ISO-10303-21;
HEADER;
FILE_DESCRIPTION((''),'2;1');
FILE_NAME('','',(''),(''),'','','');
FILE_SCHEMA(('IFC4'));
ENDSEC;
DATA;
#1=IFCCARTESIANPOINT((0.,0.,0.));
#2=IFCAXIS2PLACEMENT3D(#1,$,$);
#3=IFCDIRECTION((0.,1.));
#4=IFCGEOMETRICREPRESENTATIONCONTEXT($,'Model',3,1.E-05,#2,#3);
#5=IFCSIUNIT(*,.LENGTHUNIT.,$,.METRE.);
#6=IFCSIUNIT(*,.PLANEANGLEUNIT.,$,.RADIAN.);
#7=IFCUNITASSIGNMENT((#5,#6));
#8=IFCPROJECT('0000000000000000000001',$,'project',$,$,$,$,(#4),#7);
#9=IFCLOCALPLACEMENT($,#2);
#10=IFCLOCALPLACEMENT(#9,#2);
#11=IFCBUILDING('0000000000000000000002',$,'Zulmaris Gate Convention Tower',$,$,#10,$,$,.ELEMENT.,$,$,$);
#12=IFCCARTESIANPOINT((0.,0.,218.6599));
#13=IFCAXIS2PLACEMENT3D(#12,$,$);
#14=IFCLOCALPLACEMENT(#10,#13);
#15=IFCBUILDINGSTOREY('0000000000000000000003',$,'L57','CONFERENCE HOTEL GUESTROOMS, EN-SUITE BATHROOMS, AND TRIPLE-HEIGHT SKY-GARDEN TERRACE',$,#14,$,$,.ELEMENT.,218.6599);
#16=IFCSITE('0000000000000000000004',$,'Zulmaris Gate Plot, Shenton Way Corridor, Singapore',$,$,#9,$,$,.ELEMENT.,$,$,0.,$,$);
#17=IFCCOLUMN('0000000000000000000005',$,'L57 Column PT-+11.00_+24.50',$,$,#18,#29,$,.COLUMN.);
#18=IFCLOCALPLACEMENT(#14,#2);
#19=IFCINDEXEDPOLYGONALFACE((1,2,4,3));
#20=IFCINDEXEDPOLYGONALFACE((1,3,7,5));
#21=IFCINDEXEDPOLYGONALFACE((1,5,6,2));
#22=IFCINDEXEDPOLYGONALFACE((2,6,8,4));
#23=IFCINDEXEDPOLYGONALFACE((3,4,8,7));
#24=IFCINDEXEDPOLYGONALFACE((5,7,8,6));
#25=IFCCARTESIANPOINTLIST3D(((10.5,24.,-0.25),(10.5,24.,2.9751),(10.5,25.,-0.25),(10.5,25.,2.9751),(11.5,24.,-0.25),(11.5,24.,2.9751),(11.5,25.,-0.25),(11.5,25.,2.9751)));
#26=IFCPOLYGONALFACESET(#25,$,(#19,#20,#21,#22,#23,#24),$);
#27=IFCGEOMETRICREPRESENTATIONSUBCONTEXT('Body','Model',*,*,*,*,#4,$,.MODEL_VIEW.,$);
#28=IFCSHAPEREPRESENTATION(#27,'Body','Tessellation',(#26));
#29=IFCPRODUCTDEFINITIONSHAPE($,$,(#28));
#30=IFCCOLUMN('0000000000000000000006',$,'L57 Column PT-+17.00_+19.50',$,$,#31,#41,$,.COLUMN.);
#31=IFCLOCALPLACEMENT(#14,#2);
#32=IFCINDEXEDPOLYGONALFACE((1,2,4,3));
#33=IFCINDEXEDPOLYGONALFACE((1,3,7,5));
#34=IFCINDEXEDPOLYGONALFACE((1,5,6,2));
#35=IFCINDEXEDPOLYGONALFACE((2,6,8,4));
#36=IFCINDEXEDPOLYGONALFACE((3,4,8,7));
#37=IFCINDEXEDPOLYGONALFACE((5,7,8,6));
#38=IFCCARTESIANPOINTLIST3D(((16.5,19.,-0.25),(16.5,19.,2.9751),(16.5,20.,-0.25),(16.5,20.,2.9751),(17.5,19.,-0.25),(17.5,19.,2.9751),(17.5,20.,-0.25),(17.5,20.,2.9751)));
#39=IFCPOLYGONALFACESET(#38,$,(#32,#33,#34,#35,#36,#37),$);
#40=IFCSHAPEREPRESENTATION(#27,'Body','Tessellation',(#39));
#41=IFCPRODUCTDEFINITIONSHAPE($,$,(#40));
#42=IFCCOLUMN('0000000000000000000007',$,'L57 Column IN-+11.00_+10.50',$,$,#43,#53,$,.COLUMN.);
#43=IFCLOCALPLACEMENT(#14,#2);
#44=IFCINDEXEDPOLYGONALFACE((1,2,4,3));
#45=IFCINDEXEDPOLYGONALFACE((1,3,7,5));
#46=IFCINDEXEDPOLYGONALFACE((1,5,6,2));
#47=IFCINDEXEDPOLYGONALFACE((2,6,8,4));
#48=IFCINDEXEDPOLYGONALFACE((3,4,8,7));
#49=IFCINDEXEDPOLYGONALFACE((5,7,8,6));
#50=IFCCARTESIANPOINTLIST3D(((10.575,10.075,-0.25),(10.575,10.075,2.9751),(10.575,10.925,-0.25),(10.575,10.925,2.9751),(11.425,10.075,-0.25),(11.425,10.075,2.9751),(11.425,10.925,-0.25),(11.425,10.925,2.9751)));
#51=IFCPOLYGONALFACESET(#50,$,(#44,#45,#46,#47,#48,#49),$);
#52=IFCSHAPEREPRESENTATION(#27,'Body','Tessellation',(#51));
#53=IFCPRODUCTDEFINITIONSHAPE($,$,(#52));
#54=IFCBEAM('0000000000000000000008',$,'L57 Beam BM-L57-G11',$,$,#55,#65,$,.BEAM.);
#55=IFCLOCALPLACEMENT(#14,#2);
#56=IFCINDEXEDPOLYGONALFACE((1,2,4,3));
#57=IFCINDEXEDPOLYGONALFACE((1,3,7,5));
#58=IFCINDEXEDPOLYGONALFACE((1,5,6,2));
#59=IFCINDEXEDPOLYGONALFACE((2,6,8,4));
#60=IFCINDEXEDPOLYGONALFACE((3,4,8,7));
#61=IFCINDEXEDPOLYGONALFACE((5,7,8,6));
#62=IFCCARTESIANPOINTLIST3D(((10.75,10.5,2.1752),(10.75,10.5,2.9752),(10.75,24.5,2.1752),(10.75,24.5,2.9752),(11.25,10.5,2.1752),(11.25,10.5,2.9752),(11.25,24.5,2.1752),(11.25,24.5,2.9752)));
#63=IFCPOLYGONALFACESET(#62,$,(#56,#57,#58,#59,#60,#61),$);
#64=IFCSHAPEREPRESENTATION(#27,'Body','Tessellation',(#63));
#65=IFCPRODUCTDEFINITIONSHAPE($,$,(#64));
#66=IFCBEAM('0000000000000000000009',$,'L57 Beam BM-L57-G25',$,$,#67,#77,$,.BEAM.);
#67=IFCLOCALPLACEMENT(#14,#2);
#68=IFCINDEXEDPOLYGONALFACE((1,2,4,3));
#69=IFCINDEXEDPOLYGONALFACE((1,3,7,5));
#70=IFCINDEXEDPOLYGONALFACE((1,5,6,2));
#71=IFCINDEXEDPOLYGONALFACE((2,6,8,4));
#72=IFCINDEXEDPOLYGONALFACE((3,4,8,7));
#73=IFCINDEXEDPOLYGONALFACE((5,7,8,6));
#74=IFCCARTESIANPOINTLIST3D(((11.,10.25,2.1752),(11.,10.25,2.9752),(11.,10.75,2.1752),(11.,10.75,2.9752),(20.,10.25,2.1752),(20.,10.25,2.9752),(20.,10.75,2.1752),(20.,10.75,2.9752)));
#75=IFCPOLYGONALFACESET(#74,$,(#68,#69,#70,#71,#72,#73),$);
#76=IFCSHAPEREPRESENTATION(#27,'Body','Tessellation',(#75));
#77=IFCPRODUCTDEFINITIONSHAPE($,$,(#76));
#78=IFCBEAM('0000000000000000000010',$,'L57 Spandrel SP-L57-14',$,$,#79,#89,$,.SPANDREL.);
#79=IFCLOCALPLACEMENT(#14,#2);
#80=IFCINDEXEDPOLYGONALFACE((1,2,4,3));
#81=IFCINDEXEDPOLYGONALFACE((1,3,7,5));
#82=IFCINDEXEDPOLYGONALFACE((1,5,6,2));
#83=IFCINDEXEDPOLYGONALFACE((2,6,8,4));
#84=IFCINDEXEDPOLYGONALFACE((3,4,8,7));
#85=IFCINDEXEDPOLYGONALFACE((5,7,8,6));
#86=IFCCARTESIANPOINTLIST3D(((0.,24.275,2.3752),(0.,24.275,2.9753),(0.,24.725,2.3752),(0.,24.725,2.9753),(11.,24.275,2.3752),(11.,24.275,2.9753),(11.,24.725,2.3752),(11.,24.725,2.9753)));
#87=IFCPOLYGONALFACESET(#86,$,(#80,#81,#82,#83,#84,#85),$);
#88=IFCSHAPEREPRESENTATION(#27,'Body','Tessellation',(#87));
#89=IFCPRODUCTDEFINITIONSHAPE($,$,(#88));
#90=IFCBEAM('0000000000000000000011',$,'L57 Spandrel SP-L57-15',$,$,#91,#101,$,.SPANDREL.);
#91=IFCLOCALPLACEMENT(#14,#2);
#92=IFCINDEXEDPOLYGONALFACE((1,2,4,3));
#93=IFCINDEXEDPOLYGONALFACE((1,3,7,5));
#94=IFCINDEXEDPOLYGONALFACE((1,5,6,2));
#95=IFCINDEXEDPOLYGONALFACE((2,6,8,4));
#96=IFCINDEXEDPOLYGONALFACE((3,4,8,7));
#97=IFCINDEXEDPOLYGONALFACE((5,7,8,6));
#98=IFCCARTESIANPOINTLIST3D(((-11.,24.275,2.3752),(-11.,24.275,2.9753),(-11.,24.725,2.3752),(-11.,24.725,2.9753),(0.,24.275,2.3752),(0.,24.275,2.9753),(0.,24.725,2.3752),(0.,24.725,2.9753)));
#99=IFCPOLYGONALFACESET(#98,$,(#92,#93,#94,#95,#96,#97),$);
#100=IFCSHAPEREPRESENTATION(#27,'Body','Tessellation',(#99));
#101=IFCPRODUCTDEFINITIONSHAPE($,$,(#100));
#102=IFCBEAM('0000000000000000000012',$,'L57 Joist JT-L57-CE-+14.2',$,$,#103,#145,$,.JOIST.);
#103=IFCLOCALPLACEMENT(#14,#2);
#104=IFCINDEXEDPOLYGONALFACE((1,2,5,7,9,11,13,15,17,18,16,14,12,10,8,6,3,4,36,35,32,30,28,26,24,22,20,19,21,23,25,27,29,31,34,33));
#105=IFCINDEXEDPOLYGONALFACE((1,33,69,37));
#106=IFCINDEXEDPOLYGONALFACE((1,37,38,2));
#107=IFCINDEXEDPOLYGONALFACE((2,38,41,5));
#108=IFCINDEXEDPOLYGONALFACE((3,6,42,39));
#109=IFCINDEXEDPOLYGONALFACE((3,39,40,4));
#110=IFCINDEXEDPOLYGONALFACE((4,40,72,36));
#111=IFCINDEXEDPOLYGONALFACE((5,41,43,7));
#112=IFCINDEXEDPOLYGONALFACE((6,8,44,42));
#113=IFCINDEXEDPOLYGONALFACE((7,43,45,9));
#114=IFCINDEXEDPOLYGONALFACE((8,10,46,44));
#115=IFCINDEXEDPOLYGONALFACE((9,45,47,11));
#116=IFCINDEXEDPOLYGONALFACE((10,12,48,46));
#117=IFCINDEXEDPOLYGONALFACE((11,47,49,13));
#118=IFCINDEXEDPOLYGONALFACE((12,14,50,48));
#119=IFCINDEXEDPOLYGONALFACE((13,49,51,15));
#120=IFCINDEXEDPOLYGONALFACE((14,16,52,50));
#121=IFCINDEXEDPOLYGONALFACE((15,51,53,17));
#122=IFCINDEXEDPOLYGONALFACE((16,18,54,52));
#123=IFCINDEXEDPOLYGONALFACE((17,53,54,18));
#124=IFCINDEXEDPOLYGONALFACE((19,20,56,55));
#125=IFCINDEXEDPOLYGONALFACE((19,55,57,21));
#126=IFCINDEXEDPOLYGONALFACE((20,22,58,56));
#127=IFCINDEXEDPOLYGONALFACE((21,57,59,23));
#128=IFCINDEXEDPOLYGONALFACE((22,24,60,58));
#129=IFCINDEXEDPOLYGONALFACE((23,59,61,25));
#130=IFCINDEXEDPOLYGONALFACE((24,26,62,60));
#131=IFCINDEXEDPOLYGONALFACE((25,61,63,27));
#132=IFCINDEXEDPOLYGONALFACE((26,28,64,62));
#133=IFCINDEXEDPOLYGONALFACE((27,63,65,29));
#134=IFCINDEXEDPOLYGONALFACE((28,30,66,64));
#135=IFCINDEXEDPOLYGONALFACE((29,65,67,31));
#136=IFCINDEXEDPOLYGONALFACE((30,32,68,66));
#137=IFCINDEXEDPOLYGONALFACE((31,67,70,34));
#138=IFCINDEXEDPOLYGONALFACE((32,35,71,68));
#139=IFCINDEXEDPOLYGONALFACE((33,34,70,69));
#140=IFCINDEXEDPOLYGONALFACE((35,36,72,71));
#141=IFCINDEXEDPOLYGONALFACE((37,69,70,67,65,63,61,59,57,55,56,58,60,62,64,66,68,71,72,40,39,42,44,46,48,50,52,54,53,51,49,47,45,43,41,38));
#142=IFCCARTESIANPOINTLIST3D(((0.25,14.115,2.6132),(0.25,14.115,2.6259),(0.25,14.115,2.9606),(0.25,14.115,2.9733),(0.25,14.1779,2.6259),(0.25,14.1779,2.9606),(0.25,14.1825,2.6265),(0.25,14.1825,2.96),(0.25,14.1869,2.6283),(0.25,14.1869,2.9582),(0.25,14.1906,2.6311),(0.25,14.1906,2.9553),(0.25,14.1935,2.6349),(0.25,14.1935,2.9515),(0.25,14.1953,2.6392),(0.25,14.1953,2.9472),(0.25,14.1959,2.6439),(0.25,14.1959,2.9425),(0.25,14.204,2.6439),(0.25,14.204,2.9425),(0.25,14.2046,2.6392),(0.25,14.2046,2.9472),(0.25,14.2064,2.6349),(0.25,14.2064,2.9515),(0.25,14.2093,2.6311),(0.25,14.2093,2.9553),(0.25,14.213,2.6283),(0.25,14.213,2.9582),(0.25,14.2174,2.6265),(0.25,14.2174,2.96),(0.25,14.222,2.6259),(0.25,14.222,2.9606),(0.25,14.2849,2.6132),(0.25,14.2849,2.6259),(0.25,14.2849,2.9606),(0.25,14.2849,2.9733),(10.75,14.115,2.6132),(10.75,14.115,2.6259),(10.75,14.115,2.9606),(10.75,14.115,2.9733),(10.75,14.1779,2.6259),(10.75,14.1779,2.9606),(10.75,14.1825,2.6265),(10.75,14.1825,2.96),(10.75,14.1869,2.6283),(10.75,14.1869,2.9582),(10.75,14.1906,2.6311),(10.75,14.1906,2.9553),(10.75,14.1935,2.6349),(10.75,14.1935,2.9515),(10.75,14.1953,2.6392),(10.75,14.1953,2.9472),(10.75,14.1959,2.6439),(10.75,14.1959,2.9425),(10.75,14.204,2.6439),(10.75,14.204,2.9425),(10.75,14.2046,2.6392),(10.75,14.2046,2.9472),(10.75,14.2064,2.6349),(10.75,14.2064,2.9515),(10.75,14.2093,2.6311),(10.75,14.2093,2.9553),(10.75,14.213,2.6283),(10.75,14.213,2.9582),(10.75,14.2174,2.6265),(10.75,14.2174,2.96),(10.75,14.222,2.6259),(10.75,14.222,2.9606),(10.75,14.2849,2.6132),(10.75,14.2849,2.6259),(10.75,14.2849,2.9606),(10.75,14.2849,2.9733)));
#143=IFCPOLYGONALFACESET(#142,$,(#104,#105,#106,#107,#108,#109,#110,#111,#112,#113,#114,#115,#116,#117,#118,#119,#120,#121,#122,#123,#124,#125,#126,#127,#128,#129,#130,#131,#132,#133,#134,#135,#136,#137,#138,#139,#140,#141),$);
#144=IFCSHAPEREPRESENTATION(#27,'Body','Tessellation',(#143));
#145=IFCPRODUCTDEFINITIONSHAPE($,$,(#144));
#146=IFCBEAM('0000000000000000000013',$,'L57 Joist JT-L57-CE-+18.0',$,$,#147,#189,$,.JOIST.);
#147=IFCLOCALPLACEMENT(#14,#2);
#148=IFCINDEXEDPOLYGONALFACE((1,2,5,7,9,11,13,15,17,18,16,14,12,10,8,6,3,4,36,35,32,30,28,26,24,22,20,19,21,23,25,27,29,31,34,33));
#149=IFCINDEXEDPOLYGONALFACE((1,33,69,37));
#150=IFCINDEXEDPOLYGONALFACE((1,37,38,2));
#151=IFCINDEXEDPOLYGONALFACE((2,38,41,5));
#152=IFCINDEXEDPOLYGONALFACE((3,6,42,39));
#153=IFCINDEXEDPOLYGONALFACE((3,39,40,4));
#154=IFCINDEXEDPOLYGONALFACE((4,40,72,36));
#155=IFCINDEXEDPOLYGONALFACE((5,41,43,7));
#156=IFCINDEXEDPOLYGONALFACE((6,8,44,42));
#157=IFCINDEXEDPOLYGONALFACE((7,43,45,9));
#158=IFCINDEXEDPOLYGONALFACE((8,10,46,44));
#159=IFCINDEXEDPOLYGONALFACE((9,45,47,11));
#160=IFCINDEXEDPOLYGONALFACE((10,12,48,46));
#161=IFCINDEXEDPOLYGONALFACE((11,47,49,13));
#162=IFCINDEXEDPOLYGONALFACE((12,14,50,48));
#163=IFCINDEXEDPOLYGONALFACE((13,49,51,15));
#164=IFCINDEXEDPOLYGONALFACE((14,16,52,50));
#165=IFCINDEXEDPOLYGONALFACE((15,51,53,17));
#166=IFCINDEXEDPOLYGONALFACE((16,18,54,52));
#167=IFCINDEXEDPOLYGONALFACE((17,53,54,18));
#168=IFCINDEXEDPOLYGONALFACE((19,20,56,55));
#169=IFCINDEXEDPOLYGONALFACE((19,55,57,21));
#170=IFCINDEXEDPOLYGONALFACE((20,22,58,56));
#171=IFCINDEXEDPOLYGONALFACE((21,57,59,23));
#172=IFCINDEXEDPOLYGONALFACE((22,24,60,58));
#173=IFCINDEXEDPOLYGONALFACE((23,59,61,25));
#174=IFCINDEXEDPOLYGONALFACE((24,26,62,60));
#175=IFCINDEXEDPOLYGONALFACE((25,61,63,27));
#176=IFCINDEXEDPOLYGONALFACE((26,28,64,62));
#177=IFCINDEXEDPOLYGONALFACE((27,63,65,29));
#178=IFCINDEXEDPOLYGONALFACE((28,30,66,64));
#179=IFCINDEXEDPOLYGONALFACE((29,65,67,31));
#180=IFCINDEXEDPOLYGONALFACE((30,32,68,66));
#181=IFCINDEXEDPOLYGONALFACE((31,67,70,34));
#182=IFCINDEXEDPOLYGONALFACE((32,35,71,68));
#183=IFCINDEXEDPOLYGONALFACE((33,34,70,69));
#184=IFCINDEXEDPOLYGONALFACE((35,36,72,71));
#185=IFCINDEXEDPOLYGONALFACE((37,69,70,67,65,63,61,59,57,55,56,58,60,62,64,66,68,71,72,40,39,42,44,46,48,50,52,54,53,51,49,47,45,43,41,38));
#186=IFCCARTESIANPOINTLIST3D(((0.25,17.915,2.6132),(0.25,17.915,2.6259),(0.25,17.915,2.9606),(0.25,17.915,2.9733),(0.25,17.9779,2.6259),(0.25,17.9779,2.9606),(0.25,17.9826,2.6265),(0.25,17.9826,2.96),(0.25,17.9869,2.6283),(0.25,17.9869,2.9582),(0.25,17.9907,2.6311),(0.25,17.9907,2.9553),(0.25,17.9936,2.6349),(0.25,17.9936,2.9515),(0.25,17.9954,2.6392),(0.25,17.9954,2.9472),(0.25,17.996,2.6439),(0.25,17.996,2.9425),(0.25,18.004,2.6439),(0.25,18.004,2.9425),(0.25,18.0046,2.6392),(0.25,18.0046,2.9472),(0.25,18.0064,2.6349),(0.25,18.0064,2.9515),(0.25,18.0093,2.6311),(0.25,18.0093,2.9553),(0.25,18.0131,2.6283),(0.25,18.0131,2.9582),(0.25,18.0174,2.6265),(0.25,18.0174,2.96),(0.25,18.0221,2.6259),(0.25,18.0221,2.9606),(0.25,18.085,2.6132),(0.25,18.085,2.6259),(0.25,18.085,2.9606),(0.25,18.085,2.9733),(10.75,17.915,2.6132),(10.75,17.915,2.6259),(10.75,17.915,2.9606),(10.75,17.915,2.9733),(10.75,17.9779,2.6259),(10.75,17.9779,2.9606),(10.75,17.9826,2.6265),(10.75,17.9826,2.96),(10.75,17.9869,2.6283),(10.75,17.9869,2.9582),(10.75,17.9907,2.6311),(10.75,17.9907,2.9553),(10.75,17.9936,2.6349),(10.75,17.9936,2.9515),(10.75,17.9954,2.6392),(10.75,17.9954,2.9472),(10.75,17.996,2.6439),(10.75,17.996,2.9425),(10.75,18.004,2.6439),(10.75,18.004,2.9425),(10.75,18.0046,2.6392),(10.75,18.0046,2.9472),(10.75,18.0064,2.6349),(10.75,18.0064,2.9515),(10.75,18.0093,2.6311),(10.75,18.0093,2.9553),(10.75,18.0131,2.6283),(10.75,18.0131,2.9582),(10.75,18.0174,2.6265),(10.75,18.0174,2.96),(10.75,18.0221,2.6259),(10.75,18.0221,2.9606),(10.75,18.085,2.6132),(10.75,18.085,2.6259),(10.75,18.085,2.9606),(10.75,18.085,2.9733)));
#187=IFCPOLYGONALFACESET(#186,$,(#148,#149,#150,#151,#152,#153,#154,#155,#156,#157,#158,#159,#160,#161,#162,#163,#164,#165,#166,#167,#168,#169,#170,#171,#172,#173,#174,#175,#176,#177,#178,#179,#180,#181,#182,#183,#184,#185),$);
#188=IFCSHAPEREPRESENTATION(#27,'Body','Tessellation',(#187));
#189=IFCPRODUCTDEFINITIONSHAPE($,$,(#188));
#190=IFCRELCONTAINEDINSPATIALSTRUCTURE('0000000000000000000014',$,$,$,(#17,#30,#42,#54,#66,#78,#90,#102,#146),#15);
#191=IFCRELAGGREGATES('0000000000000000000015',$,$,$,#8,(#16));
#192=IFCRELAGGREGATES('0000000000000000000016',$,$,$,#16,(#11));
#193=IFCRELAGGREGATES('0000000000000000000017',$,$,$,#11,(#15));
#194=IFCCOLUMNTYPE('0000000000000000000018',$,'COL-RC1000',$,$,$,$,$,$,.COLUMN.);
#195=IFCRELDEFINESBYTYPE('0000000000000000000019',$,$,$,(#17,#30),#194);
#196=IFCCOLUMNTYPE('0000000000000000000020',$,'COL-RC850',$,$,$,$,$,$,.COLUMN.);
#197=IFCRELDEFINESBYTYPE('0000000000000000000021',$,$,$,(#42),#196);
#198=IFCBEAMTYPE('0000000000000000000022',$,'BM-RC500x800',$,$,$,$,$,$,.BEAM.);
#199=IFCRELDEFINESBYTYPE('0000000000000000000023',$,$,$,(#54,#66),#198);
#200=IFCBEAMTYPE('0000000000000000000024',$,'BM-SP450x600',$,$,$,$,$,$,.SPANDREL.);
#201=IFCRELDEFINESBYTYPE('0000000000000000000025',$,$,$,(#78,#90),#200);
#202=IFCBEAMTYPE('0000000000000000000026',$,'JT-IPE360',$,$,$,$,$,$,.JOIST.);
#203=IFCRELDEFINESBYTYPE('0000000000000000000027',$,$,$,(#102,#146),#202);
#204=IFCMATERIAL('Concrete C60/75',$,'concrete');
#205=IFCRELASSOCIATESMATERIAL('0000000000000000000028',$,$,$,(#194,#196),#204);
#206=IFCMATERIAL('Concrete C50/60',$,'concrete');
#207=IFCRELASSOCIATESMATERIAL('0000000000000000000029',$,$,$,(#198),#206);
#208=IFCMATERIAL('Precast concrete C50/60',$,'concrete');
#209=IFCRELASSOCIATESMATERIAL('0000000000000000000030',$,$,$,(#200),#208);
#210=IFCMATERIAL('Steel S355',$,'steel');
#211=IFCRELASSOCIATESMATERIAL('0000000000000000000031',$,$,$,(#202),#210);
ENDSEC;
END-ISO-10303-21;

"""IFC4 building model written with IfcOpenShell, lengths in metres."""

from ifc_helpers import new_model, si_unit, direction, frame, origin, origin_2d, place, context, subcontext, project, spatial, rectangle, i_section, extrude, material, material_profile, profile_set, type_object, element, save


model = new_model("IFC4")

# Units and contexts
model_context = context("Model", 3, precision=1e-05, world=origin(), true_north=direction((0.0, 1.0)))
body_context = subcontext(model_context, "Body", "Model", "MODEL_VIEW")
ifc_project = project(units=[si_unit("LENGTHUNIT", "METRE"), si_unit("PLANEANGLEUNIT", "RADIAN")], contexts=[model_context])

# Site, building, storey
site_placement = place(None, origin())
site = spatial("IfcSite", under=ifc_project, at=site_placement, Name="Zulmaris Gate Plot, Shenton Way Corridor, Singapore", CompositionType="ELEMENT", RefElevation=0.0)
building_placement = place(site_placement, origin())
building = spatial("IfcBuilding", under=site, at=building_placement, Name="Zulmaris Gate Convention Tower", CompositionType="ELEMENT")
storey_placement = place(building_placement, frame((0.0, 0.0, 218.6599)))
storey = spatial("IfcBuildingStorey", under=building, at=storey_placement, Name="L57", Description="CONFERENCE HOTEL GUESTROOMS, EN-SUITE BATHROOMS, AND TRIPLE-HEIGHT SKY-GARDEN TERRACE", CompositionType="ELEMENT", Elevation=218.6599)

# Columns
ifc_material_1 = material(Name="Concrete C60/75", Category="concrete")
ifc_material_profile_1 = material_profile(ifc_material_1, rectangle(XDim=1.0, YDim=1.0, at=origin_2d()), Name="RC COL 1000x1000")
ifc_profile_set_1 = profile_set([ifc_material_profile_1], Name="Concrete C60/75")
column_type_1 = type_object("IfcColumnType", Name="COL-RC1000", PredefinedType="COLUMN", material=ifc_profile_set_1)
for number, where, z_axis, x_axis, name in (
    (1, (11.0, 24.5, -0.25), (0.0, 0.0, 1.0), (1.0, 0.0, 0.0), "L57 Column PT-+11.00_+24.50"),
    (2, (17.0, 19.5, -0.25), (0.0, 0.0, 1.0), (1.0, 0.0, 0.0), "L57 Column PT-+17.00_+19.50"),
):
    element("IfcColumn", number, at=place(storey_placement, frame(where, z_axis=z_axis, x_axis=x_axis)), inside=storey, type_object=column_type_1, Name=name, PredefinedType="COLUMN", context=body_context, shape_type="SweptSolid", body=[
        extrude(rectangle(XDim=1.0, YDim=1.0, at=origin_2d()), origin(), (0.0, 0.0, 1.0), 3.2251),
    ])
ifc_material_profile_2 = material_profile(ifc_material_1, rectangle(XDim=0.8501, YDim=0.8501, at=origin_2d()), Name="RC COL 850x850")
ifc_profile_set_2 = profile_set([ifc_material_profile_2], Name="Concrete C60/75")
column_type_2 = type_object("IfcColumnType", Name="COL-RC850", PredefinedType="COLUMN", material=ifc_profile_set_2)
column_placement = place(storey_placement, frame((11.0, 10.5, -0.25), z_axis=(0.0, 0.0, 1.0), x_axis=(1.0, 0.0, 0.0)))
element("IfcColumn", 3, at=column_placement, inside=storey, type_object=column_type_2, Name="L57 Column IN-+11.00_+10.50", PredefinedType="COLUMN", context=body_context, shape_type="SweptSolid", body=[
    extrude(rectangle(XDim=0.8501, YDim=0.8501, at=origin_2d()), origin(), (0.0, 0.0, 1.0), 3.2251),
])

# Beams
ifc_material_2 = material(Name="Concrete C50/60", Category="concrete")
ifc_material_profile_3 = material_profile(ifc_material_2, rectangle(XDim=0.5, YDim=0.8, at=origin_2d()), Name="RC BEAM 500x800")
ifc_profile_set_3 = profile_set([ifc_material_profile_3], Name="Concrete C50/60")
beam_type_1 = type_object("IfcBeamType", Name="BM-RC500x800", PredefinedType="BEAM", material=ifc_profile_set_3)
beam_1_placement = place(storey_placement, frame((11.0, 10.5, 2.5752), z_axis=(0.0, 1.0, 0.0), x_axis=(-1.0, 0.0, 0.0)))
element("IfcBeam", 4, at=beam_1_placement, inside=storey, type_object=beam_type_1, Name="L57 Beam BM-L57-G11", PredefinedType="BEAM", context=body_context, shape_type="SweptSolid", body=[
    extrude(rectangle(XDim=0.5, YDim=0.8, at=origin_2d()), origin(), (0.0, 0.0, 1.0), 14.0),
])
beam_2_placement = place(storey_placement, frame((11.0, 10.5, 2.5752), z_axis=(1.0, 0.0, 0.0), x_axis=(0.0, 1.0, 0.0)))
element("IfcBeam", 5, at=beam_2_placement, inside=storey, type_object=beam_type_1, Name="L57 Beam BM-L57-G25", PredefinedType="BEAM", context=body_context, shape_type="SweptSolid", body=[
    extrude(rectangle(XDim=0.5, YDim=0.8, at=origin_2d()), origin(), (0.0, 0.0, 1.0), 9.0),
])
ifc_material_3 = material(Name="Precast concrete C50/60", Category="concrete")
ifc_material_profile_4 = material_profile(ifc_material_3, rectangle(XDim=0.45, YDim=0.6001, at=origin_2d()), Name="RC SPANDREL 450x600")
ifc_profile_set_4 = profile_set([ifc_material_profile_4], Name="Precast concrete C50/60")
beam_type_2 = type_object("IfcBeamType", Name="BM-SP450x600", PredefinedType="SPANDREL", material=ifc_profile_set_4)
for number, where, z_axis, x_axis, name in (
    (6, (11.0, 24.5, 2.6753), (-1.0, 0.0, 0.0), (0.0, -1.0, 0.0), "L57 Spandrel SP-L57-14"),
    (7, (0.0, 24.5, 2.6753), (-1.0, 0.0, 0.0), (0.0, -1.0, 0.0), "L57 Spandrel SP-L57-15"),
):
    element("IfcBeam", number, at=place(storey_placement, frame(where, z_axis=z_axis, x_axis=x_axis)), inside=storey, type_object=beam_type_2, Name=name, PredefinedType="SPANDREL", context=body_context, shape_type="SweptSolid", body=[
        extrude(rectangle(XDim=0.45, YDim=0.6001, at=origin_2d()), origin(), (0.0, 0.0, 1.0), 11.0),
    ])
ifc_material_4 = material(Name="Steel S355", Category="steel")
ifc_material_profile_5 = material_profile(ifc_material_4, i_section(OverallWidth=0.1699, OverallDepth=0.3601, WebThickness=0.0081, FlangeThickness=0.0127, FilletRadius=0.0181, at=origin_2d()), Name="IPE 360")
ifc_profile_set_5 = profile_set([ifc_material_profile_5], Name="Steel S355")
beam_type_3 = type_object("IfcBeamType", Name="JT-IPE360", PredefinedType="JOIST", material=ifc_profile_set_5)
for number, where, z_axis, x_axis, name in (
    (8, (0.25, 14.2, 2.7932), (1.0, 0.0, 0.0), (0.0, 1.0, 0.0), "L57 Joist JT-L57-CE-+14.2"),
    (9, (0.25, 18.0, 2.7932), (1.0, 0.0, 0.0), (0.0, 1.0, 0.0), "L57 Joist JT-L57-CE-+18.0"),
):
    element("IfcBeam", number, at=place(storey_placement, frame(where, z_axis=z_axis, x_axis=x_axis)), inside=storey, type_object=beam_type_3, Name=name, PredefinedType="JOIST", context=body_context, shape_type="SweptSolid", body=[
        extrude(i_section(OverallWidth=0.1699, OverallDepth=0.3601, WebThickness=0.0081, FlangeThickness=0.0127, FilletRadius=0.0181, at=origin_2d()), origin(), (0.0, 0.0, 1.0), 10.5),
    ])

save(model, "model.ifc")
